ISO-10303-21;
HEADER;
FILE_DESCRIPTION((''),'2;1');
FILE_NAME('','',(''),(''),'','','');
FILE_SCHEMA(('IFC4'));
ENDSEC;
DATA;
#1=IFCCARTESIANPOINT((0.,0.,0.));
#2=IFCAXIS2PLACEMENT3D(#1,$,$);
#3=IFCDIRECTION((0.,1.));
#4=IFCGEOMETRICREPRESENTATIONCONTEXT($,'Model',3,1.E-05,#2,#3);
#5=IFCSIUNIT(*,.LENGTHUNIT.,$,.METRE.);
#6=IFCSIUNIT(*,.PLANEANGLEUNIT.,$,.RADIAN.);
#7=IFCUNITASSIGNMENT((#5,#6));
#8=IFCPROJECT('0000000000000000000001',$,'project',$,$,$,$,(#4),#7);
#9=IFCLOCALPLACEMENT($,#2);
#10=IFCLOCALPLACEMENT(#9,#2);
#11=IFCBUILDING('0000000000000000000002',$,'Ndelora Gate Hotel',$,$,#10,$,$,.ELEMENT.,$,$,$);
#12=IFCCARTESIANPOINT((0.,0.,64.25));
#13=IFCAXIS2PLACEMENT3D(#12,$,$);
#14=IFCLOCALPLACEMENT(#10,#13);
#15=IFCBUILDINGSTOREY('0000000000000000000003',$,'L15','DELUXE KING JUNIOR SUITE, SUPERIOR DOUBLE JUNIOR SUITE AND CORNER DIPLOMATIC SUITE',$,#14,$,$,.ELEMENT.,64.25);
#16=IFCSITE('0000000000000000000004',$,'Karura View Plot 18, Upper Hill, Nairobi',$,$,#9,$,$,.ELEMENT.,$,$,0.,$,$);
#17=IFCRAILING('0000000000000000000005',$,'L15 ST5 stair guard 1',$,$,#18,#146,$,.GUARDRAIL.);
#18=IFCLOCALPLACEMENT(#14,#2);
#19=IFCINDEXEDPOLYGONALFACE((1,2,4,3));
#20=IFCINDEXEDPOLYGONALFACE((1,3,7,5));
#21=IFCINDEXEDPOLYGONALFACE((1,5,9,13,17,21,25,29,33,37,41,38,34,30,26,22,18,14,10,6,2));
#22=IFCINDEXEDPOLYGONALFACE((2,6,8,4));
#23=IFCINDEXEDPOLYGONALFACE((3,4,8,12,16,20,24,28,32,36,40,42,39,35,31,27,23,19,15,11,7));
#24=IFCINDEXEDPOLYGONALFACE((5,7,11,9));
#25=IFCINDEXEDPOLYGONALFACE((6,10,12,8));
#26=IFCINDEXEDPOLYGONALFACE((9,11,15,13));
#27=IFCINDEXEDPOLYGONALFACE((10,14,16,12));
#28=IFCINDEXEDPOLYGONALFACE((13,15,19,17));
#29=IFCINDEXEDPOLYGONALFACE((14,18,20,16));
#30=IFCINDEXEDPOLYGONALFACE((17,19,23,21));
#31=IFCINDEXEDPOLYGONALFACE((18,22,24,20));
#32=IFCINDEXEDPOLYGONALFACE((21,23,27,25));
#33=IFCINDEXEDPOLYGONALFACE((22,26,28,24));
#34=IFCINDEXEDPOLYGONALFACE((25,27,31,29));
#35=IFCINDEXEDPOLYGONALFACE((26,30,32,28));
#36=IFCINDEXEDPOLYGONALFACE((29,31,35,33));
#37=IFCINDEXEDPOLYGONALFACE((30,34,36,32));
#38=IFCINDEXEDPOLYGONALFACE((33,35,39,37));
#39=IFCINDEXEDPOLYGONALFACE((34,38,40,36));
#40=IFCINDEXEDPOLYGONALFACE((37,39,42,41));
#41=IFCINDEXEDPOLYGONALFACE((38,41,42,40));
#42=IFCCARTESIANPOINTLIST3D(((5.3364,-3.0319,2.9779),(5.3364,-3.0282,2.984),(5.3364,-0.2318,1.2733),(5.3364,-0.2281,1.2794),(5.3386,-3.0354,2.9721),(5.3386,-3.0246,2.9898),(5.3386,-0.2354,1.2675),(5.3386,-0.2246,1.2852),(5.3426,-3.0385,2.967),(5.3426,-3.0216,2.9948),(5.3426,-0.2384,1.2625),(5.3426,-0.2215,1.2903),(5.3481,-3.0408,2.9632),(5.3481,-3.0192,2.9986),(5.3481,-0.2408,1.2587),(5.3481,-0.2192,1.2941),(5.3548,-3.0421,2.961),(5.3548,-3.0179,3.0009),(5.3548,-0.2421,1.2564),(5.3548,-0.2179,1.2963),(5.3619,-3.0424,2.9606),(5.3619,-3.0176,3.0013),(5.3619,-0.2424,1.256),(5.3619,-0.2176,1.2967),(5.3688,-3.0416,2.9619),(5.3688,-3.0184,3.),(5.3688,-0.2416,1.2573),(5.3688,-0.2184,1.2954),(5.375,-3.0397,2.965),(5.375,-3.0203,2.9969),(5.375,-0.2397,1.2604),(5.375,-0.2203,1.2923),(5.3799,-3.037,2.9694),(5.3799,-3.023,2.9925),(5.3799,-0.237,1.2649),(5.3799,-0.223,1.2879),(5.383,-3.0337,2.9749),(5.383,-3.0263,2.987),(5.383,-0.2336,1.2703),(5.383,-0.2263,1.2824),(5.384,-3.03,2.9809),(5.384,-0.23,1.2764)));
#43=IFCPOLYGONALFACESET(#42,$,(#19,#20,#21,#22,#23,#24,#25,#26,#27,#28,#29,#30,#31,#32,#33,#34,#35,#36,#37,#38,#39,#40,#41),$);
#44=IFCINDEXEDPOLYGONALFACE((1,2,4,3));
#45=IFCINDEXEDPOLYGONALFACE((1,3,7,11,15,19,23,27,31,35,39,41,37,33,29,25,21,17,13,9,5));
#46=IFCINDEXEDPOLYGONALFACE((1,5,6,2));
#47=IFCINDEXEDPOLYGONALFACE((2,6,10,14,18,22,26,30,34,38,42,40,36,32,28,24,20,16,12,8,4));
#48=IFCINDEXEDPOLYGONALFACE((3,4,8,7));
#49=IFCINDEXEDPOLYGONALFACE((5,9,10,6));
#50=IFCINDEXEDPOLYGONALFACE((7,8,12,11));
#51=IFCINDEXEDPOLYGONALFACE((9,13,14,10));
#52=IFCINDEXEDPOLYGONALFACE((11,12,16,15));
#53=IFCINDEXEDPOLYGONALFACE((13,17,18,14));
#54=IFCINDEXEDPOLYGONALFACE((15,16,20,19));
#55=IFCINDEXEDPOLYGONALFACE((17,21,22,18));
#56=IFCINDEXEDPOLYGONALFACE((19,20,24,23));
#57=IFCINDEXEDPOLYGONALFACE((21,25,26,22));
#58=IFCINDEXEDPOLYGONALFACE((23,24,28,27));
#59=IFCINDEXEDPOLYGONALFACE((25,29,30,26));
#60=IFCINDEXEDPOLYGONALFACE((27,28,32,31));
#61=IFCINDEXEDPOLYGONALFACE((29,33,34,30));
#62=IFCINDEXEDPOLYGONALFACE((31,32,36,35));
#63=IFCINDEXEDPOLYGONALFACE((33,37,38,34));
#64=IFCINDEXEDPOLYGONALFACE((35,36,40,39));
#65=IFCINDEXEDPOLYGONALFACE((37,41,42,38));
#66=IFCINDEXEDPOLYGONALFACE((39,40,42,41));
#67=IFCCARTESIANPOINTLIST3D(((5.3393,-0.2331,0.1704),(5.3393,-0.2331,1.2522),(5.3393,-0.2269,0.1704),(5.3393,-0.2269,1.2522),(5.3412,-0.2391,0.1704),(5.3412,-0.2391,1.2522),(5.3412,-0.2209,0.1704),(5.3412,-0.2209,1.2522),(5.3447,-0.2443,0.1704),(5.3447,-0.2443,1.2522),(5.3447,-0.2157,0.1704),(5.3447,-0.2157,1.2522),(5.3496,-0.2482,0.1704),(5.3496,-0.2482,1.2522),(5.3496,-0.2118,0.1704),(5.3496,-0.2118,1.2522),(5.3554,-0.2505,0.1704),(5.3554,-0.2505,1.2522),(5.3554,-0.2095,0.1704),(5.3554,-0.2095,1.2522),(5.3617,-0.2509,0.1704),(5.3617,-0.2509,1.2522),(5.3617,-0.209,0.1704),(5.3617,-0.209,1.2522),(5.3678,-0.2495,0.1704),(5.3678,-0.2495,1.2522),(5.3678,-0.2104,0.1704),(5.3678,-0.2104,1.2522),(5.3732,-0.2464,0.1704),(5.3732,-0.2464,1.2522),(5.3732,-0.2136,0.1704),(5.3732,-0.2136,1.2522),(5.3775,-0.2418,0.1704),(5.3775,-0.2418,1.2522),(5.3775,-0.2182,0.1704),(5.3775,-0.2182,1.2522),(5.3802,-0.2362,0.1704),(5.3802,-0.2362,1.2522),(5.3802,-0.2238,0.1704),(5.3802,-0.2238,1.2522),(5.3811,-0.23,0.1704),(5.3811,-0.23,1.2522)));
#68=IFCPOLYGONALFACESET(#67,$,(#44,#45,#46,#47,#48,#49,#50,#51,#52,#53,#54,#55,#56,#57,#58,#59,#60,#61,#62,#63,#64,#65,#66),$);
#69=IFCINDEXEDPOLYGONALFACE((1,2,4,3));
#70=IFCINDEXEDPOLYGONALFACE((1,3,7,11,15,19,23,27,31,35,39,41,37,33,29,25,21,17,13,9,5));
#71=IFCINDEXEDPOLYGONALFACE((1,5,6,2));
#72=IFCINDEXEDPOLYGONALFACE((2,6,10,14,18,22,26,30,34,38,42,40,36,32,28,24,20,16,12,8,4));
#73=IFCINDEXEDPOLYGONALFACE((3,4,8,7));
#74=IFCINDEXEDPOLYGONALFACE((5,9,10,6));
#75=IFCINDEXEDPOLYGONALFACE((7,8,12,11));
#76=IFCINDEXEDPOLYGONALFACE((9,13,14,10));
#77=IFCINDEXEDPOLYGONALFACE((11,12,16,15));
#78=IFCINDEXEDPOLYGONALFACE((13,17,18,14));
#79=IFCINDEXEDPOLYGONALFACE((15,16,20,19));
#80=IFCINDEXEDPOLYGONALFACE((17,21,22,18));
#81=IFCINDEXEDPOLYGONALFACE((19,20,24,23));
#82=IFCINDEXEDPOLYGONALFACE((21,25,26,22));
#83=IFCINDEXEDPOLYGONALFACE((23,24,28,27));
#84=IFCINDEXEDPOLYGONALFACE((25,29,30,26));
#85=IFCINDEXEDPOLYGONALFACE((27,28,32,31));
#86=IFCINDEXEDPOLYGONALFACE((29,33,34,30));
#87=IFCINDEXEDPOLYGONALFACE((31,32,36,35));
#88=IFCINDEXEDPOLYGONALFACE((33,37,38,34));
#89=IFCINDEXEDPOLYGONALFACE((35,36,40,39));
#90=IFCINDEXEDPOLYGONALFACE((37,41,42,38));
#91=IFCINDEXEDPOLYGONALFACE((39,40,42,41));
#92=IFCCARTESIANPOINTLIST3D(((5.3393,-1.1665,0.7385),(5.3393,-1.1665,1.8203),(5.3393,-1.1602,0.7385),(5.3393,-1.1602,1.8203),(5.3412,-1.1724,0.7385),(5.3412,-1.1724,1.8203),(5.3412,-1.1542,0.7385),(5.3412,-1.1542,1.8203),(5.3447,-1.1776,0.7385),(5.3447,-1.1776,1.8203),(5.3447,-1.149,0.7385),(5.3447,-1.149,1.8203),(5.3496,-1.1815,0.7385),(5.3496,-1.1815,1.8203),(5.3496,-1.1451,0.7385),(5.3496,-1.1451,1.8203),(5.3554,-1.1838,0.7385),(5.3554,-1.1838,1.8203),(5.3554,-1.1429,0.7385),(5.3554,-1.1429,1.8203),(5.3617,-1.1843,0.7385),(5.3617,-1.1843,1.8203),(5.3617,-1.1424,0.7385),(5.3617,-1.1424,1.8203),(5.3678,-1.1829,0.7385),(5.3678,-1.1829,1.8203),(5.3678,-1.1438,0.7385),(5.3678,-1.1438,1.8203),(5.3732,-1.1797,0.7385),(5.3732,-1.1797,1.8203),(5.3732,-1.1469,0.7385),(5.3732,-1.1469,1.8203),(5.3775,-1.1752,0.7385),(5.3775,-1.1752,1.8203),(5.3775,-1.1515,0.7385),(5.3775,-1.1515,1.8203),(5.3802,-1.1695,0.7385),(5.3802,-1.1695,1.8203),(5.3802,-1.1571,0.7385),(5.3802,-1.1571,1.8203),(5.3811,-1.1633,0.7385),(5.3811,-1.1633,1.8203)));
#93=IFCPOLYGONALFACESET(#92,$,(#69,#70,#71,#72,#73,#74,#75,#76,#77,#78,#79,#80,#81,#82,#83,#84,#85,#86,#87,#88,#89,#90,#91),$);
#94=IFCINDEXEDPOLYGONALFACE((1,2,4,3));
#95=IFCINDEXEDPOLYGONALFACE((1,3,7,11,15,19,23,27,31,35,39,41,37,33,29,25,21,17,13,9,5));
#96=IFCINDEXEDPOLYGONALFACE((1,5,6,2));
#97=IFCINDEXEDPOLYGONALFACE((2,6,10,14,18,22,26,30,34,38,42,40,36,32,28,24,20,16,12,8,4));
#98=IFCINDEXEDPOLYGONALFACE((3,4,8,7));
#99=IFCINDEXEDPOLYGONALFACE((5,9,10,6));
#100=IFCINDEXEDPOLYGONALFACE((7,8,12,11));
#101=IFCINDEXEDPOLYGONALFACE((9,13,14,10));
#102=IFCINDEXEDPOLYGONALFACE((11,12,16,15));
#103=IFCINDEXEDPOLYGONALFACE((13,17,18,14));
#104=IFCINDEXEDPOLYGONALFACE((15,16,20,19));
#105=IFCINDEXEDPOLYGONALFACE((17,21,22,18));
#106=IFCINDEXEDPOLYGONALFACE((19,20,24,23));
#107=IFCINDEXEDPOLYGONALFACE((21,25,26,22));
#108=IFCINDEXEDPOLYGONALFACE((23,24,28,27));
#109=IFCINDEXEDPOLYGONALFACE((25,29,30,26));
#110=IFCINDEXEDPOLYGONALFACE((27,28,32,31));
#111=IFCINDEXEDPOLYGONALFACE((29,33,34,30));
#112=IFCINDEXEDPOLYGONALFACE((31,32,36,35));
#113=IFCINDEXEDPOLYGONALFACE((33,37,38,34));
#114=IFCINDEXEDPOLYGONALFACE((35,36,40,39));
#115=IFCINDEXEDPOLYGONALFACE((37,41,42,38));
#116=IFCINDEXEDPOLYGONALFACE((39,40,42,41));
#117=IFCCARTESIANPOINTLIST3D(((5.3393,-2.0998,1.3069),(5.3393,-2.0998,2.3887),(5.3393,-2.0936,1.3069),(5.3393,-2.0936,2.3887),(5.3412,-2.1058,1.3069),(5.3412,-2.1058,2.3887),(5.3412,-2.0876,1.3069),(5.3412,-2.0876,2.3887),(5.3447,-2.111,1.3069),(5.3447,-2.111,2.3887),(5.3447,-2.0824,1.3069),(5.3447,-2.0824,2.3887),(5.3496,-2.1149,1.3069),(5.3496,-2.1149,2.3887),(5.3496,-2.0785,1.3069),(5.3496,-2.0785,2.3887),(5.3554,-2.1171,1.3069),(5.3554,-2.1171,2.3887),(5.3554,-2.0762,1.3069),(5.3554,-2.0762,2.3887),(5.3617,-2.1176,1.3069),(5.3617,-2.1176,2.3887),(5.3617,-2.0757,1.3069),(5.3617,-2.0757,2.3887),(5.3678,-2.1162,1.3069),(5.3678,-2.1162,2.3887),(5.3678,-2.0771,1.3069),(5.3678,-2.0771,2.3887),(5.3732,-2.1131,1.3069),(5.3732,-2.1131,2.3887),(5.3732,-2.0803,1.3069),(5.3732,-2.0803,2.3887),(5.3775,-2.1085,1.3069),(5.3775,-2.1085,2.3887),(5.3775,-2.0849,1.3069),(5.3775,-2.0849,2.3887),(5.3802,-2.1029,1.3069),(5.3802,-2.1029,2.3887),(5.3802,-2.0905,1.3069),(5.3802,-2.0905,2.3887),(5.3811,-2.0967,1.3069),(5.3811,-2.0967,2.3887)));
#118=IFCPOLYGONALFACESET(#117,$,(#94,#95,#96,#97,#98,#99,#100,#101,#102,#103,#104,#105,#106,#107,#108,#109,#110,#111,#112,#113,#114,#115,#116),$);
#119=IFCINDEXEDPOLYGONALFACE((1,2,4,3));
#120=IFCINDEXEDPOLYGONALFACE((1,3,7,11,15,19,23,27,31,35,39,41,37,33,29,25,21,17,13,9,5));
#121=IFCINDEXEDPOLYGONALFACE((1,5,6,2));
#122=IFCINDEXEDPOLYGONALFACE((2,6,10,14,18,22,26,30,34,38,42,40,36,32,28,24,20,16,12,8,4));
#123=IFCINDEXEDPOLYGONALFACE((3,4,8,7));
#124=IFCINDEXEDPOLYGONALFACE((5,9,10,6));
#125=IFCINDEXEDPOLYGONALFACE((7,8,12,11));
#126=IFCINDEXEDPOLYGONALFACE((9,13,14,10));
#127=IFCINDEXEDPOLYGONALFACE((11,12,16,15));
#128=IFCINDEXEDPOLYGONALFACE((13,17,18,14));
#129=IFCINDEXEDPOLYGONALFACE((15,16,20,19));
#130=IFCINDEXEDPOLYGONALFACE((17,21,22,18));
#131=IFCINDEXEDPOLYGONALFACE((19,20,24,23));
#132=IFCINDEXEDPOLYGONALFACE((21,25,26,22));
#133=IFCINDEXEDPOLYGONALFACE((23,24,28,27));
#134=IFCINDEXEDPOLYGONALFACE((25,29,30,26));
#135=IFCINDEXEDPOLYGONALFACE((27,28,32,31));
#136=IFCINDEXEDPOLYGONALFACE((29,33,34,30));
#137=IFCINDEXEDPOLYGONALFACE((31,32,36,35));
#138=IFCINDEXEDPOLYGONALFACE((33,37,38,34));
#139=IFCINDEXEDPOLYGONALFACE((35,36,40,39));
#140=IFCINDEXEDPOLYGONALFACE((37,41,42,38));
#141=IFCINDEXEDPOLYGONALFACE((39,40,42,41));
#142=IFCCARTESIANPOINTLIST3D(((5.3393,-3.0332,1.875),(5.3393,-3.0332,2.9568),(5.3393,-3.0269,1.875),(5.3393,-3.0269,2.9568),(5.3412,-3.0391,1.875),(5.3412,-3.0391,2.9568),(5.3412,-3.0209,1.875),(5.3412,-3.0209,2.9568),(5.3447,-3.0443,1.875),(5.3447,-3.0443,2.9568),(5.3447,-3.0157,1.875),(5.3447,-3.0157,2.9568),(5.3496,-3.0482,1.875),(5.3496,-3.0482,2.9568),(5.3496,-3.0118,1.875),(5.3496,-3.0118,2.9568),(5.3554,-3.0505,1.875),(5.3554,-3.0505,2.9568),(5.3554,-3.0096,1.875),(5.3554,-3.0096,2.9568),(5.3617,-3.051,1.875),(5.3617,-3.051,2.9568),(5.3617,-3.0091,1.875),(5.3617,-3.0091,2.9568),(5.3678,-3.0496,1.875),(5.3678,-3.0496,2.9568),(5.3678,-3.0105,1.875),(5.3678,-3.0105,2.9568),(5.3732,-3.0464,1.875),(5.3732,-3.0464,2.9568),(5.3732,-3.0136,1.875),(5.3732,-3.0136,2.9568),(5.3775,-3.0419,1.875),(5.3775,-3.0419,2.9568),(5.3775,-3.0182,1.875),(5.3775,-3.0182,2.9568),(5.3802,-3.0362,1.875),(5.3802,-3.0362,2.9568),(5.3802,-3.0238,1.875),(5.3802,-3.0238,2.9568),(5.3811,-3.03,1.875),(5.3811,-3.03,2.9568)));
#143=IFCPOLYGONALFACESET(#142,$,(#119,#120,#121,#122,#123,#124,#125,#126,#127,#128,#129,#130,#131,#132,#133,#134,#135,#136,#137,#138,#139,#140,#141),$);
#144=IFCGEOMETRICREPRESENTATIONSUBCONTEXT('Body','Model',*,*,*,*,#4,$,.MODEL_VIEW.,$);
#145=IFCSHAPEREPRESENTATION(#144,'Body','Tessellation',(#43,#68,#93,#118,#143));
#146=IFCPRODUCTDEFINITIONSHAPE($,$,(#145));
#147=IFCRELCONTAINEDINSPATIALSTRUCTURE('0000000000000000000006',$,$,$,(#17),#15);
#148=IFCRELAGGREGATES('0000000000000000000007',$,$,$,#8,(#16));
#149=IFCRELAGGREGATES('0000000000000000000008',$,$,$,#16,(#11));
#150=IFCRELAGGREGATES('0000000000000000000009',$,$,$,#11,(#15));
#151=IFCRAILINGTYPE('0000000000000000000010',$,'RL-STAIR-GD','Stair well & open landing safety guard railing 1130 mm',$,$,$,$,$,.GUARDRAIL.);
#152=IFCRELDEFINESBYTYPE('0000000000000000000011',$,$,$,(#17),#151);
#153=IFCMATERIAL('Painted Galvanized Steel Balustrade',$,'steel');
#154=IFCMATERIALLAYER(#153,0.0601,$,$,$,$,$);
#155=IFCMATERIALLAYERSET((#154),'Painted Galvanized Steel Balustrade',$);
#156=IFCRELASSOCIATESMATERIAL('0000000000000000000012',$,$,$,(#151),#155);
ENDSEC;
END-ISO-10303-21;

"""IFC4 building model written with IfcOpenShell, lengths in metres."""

from ifc_helpers import new_model, si_unit, direction, frame, origin, origin_2d, place, context, subcontext, project, spatial, circle, extrude, material, layer, layer_set, type_object, element, save


model = new_model("IFC4")

# Units and contexts
model_context = context("Model", 3, precision=1e-05, world=origin(), true_north=direction((0.0, 1.0)))
body_context = subcontext(model_context, "Body", "Model", "MODEL_VIEW")
ifc_project = project(units=[si_unit("LENGTHUNIT", "METRE"), si_unit("PLANEANGLEUNIT", "RADIAN")], contexts=[model_context])

# Site, building, storey
site_placement = place(None, origin())
site = spatial("IfcSite", under=ifc_project, at=site_placement, Name="Karura View Plot 18, Upper Hill, Nairobi", CompositionType="ELEMENT", RefElevation=0.0)
building_placement = place(site_placement, origin())
building = spatial("IfcBuilding", under=site, at=building_placement, Name="Ndelora Gate Hotel", CompositionType="ELEMENT")
storey_placement = place(building_placement, frame((0.0, 0.0, 64.25)))
storey = spatial("IfcBuildingStorey", under=building, at=storey_placement, Name="L15", Description="DELUXE KING JUNIOR SUITE, SUPERIOR DOUBLE JUNIOR SUITE AND CORNER DIPLOMATIC SUITE", CompositionType="ELEMENT", Elevation=64.25)

# Railing
ifc_material_1 = material(Name="Painted Galvanized Steel Balustrade", Category="steel")
ifc_layer_1 = layer(ifc_material_1, 0.0601)
ifc_layer_set_1 = layer_set([ifc_layer_1], Name="Painted Galvanized Steel Balustrade")
railing_type_1 = type_object("IfcRailingType", Name="RL-STAIR-GD", Description="Stair well & open landing safety guard railing 1130 mm", PredefinedType="GUARDRAIL", material=ifc_layer_set_1)
railing_1_placement = place(storey_placement, frame((5.3601, -0.23, 0.1704)))
element("IfcRailing", 1, at=railing_1_placement, inside=storey, type_object=railing_type_1, Name="L15 ST5 stair guard 1", PredefinedType="GUARDRAIL", context=body_context, shape_type="SweptSolid", body=[
    extrude(circle(Radius=0.0239, at=origin_2d()), frame((0.0, 0.0, 1.106), z_axis=(0.0, -0.85417, 0.519994), x_axis=(1.0, 0.0, 0.0)), (0.0, 0.0, 1.0), 3.2781),
    extrude(circle(Radius=0.021, at=origin_2d()), origin(), (0.0, 0.0, 1.0), 1.0818),
    extrude(circle(Radius=0.021, at=origin_2d()), frame((0.0, -0.9333, 0.5681)), (0.0, 0.0, 1.0), 1.0818),
    extrude(circle(Radius=0.021, at=origin_2d()), frame((0.0, -1.8667, 1.1365)), (0.0, 0.0, 1.0), 1.0818),
    extrude(circle(Radius=0.021, at=origin_2d()), frame((0.0, -2.8, 1.7046)), (0.0, 0.0, 1.0), 1.0818),
])

save(model, "model.ifc")
